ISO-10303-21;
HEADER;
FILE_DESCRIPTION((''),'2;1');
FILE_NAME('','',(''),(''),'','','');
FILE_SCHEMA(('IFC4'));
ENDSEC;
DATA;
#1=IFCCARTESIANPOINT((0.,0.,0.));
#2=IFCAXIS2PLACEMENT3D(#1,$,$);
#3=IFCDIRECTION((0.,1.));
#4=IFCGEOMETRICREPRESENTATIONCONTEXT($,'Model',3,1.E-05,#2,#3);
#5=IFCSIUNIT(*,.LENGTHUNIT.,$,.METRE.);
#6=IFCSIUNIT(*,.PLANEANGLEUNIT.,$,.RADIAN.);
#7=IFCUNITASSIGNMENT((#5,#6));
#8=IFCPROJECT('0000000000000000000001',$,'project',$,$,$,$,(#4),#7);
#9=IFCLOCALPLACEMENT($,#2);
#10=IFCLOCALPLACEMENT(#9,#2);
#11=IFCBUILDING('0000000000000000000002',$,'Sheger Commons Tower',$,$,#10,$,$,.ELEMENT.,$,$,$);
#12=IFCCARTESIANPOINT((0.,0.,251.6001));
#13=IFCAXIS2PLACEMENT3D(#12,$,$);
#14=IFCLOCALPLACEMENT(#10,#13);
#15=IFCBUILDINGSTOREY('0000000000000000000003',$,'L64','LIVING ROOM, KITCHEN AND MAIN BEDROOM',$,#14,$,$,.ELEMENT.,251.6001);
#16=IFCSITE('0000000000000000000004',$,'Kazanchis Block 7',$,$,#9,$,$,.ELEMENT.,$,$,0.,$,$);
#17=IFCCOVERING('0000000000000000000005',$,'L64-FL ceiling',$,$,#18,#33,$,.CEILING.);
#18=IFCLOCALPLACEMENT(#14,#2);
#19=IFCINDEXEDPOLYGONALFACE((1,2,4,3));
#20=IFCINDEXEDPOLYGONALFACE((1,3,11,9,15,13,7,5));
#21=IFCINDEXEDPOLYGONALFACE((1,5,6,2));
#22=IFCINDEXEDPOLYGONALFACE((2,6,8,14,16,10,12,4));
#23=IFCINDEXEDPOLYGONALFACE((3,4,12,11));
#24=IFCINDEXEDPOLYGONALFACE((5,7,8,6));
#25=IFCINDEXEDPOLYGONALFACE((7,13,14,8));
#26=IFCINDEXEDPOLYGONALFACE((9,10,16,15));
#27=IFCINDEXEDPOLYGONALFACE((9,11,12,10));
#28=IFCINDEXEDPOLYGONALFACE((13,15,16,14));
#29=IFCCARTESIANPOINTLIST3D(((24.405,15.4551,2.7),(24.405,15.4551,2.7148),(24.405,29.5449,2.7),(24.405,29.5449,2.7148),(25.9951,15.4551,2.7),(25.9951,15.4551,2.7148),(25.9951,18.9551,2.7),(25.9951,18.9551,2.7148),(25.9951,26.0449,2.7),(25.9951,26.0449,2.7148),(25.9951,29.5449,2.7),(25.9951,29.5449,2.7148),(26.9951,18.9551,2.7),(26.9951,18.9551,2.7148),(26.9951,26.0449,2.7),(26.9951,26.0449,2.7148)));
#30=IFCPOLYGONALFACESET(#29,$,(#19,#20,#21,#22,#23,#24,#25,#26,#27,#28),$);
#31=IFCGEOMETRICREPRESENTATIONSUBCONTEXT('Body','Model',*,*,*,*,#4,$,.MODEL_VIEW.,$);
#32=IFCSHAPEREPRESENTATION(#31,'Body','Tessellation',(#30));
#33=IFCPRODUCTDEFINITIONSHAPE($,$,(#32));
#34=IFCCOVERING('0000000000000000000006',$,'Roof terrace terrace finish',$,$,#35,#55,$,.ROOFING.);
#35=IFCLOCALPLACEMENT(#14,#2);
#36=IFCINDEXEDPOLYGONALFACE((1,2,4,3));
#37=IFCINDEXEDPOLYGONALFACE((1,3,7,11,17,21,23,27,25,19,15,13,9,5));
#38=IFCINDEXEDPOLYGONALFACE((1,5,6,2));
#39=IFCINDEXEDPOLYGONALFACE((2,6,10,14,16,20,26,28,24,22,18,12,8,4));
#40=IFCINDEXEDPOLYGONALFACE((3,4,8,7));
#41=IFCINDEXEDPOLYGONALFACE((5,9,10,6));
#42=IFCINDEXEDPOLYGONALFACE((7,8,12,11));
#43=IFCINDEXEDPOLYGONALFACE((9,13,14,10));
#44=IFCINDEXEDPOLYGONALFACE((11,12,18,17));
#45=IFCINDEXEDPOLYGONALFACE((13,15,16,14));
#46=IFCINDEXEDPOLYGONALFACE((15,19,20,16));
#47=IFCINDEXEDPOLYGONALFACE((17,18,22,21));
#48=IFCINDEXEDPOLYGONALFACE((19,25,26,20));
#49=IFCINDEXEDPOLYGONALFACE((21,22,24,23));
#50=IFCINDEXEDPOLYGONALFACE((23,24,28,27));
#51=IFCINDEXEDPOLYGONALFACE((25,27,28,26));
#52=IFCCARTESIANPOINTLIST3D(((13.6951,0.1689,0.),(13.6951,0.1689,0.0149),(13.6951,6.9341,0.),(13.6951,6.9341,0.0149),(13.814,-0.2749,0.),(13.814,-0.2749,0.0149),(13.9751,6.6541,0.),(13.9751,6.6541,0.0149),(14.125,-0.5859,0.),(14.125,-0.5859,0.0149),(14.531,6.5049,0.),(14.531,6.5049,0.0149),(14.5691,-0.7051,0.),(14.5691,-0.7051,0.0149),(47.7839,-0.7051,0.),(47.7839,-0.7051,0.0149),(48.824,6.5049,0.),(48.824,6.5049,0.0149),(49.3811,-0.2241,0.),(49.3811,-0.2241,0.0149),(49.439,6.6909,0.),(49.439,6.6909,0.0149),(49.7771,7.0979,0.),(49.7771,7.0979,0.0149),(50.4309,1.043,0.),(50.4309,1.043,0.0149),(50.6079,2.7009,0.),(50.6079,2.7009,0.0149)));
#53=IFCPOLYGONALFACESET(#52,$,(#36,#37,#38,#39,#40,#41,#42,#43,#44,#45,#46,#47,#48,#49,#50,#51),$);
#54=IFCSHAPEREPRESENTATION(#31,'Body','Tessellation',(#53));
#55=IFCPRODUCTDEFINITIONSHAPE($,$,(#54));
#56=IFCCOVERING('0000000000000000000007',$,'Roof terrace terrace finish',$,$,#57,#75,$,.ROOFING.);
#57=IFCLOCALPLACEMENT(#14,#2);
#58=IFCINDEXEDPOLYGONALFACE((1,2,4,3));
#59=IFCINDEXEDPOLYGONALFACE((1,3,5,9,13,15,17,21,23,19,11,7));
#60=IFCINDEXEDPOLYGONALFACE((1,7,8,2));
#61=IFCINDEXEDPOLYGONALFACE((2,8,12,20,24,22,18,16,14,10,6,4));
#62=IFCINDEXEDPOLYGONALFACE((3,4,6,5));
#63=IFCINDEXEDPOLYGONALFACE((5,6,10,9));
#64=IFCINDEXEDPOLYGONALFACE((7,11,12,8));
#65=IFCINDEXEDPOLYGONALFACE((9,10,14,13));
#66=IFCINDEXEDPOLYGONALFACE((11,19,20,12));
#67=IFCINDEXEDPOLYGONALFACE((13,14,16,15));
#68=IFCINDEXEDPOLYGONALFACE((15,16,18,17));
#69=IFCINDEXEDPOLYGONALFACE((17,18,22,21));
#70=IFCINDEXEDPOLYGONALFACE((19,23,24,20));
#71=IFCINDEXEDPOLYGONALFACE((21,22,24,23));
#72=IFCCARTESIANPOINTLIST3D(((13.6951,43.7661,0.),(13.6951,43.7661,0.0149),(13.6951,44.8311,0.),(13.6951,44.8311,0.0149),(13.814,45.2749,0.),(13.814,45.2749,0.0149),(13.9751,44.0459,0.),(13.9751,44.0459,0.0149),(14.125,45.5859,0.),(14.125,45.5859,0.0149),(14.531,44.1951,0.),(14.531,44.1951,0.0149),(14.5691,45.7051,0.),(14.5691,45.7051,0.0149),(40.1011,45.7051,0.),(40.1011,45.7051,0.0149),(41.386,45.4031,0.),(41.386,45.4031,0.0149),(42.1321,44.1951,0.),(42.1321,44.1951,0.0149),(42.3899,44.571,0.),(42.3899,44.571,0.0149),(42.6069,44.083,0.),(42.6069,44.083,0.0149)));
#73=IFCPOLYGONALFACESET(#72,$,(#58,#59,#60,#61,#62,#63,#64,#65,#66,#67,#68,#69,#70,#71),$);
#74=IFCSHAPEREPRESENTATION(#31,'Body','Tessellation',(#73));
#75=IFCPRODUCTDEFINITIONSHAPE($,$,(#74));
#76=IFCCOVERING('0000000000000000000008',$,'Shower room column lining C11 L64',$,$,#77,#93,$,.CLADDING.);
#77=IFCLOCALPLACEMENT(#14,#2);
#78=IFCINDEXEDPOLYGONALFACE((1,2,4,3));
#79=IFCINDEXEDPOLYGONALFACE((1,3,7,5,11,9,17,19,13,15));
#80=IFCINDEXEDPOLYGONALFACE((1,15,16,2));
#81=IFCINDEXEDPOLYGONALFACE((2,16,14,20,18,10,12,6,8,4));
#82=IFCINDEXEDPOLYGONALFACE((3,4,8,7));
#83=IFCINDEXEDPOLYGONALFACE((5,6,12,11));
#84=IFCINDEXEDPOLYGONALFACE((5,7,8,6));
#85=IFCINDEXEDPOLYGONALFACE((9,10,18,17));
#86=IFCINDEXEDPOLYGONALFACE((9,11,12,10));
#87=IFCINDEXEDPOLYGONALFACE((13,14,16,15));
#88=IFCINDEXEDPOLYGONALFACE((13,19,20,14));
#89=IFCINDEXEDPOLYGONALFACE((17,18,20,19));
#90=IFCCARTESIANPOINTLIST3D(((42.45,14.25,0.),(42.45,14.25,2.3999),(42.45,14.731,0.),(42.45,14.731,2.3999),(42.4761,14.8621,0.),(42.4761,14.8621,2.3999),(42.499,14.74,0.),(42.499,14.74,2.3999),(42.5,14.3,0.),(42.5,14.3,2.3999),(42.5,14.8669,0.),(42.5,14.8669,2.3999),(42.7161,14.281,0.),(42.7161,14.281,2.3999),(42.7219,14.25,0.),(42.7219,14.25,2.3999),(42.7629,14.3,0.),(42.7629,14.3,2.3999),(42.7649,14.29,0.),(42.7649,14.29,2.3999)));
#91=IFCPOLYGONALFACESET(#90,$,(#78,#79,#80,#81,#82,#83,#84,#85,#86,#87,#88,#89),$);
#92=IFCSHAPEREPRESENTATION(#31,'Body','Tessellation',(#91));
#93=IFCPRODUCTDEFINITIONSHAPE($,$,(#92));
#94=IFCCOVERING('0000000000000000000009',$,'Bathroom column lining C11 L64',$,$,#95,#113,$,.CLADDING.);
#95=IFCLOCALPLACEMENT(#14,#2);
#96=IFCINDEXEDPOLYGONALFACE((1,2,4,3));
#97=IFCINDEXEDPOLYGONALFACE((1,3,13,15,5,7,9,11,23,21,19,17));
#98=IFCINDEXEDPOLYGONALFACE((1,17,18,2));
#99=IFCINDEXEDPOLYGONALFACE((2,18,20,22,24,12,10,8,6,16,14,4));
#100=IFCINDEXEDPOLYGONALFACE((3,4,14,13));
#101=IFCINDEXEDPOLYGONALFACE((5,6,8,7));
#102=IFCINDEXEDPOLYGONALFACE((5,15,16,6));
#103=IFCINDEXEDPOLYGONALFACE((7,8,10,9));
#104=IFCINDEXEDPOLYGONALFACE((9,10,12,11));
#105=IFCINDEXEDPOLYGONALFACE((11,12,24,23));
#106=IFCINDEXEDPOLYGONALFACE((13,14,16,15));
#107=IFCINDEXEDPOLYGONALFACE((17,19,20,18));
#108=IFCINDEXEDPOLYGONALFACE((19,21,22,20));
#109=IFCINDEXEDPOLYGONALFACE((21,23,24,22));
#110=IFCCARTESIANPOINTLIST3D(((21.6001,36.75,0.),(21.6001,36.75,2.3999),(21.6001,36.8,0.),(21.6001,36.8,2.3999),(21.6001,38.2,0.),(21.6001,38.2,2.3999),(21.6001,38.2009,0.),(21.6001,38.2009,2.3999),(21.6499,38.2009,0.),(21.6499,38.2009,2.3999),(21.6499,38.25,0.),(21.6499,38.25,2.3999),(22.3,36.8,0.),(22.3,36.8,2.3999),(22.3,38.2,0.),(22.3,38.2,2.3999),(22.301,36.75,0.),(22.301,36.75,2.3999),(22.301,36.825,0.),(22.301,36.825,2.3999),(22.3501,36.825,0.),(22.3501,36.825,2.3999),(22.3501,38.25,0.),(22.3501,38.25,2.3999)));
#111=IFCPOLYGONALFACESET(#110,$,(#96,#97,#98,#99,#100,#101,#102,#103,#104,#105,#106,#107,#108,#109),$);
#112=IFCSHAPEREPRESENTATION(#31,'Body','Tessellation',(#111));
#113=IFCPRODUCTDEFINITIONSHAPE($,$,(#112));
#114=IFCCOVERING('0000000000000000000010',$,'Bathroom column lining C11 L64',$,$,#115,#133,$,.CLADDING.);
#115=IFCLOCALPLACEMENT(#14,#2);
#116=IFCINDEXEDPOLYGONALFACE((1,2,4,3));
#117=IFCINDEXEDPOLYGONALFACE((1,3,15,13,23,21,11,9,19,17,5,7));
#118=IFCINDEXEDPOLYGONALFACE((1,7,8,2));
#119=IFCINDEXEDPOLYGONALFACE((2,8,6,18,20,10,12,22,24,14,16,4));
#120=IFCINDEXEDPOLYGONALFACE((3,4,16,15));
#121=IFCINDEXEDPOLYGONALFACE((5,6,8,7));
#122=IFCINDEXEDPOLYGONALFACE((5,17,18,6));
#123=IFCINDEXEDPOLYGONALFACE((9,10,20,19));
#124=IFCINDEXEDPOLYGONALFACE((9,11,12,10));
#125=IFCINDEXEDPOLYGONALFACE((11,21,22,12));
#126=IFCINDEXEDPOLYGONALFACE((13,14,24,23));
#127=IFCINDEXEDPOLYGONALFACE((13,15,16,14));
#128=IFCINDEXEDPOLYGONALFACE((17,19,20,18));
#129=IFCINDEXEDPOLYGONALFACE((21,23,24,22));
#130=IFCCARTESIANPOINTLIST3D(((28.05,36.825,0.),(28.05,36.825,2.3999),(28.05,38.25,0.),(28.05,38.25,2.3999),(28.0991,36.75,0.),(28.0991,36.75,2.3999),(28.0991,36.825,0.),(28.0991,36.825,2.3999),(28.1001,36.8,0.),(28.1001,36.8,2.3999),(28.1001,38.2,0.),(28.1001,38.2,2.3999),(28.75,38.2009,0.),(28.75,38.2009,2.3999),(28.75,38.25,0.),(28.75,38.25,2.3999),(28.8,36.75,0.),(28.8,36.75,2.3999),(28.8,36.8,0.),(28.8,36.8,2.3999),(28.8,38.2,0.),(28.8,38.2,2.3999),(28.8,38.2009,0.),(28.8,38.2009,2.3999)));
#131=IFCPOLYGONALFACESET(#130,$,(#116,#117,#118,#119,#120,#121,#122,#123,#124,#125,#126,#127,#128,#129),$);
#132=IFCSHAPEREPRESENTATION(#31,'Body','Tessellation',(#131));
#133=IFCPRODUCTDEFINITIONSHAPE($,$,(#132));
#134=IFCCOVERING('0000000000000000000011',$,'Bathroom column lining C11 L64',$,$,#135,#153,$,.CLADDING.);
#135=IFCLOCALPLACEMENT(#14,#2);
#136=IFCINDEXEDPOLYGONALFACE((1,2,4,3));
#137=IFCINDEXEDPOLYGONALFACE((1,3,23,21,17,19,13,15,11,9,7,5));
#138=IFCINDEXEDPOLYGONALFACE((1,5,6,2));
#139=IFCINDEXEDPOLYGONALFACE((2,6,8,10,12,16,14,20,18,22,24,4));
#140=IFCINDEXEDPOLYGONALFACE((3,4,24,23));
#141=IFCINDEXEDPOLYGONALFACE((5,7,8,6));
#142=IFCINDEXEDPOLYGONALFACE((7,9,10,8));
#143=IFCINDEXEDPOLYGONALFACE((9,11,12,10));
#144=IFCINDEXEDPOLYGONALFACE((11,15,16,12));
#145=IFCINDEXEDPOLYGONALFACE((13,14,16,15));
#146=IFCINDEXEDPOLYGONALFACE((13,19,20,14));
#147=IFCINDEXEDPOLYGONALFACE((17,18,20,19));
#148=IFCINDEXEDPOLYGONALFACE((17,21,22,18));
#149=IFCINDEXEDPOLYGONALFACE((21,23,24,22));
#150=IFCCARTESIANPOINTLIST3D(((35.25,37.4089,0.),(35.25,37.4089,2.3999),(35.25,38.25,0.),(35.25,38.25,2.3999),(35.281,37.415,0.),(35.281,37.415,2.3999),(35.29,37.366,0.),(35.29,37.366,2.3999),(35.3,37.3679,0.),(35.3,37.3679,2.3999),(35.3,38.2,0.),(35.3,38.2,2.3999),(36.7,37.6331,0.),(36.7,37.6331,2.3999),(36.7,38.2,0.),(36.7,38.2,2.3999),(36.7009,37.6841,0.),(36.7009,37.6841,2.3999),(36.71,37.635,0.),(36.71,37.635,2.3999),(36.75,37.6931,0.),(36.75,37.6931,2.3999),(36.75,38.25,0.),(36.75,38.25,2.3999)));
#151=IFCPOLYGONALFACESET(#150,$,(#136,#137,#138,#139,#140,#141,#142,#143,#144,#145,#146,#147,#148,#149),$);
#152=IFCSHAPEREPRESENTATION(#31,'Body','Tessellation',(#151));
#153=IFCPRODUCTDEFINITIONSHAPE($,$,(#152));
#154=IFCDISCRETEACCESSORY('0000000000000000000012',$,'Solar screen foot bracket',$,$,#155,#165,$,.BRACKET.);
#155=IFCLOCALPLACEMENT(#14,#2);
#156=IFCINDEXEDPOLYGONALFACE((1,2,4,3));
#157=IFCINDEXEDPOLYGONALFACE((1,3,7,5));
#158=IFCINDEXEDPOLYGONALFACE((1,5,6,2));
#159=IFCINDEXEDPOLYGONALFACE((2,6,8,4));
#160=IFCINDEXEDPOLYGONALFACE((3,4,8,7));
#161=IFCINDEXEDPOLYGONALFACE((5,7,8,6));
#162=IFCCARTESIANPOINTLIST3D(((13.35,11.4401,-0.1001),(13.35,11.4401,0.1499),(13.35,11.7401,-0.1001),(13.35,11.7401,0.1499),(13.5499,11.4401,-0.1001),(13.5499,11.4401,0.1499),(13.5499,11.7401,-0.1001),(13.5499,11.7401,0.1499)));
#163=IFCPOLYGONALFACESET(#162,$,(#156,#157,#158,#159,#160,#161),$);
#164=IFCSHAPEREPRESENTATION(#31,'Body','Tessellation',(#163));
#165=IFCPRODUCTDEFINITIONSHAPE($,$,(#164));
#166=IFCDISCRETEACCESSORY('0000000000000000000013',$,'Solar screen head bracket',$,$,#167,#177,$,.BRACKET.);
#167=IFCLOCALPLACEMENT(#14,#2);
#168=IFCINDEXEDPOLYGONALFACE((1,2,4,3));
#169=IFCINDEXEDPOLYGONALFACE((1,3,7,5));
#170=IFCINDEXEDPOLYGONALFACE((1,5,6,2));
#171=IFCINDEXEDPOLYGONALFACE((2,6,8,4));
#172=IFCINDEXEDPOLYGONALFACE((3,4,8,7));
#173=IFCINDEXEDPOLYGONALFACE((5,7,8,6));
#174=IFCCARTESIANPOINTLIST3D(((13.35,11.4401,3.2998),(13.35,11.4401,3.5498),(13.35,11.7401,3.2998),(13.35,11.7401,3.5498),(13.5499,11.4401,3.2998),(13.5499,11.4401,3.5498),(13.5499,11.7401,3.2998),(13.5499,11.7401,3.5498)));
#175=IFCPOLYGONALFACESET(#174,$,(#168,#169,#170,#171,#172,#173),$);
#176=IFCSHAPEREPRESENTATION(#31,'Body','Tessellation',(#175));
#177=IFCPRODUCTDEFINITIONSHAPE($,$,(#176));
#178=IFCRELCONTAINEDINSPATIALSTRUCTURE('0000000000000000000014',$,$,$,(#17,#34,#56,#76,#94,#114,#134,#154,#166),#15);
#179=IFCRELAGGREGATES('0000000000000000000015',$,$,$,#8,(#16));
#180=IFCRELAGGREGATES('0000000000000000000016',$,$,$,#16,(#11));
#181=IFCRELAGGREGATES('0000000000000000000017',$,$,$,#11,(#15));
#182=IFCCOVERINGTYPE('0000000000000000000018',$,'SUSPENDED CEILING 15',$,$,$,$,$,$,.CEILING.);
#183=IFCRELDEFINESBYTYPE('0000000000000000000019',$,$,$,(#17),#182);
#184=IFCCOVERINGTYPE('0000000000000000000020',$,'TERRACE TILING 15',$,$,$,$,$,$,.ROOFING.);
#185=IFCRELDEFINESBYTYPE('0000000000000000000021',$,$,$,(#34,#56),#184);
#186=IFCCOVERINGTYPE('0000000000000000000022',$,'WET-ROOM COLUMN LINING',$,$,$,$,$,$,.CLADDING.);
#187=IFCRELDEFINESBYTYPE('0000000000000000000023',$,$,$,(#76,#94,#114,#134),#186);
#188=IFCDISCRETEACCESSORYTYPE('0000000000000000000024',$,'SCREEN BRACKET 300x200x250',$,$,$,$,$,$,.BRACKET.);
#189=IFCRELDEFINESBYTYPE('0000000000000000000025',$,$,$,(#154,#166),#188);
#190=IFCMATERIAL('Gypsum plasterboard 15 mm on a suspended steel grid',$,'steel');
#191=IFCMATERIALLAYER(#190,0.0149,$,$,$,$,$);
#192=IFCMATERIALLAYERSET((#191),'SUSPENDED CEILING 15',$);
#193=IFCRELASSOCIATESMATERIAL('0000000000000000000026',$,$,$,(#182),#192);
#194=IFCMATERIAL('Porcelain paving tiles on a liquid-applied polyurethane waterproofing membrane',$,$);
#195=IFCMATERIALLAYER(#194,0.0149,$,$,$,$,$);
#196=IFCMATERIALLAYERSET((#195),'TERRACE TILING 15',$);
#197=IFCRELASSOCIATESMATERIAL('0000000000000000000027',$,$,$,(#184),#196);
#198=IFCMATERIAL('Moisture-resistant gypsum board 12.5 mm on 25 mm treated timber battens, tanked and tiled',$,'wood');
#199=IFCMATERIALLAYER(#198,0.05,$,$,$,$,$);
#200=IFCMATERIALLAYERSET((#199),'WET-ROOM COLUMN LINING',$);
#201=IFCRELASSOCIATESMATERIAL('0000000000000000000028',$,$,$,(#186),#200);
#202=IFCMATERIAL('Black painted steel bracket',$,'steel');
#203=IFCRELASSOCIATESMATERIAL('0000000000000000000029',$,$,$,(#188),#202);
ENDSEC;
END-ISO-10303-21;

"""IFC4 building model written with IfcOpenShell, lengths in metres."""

from ifc_helpers import new_model, si_unit, direction, frame, origin, origin_2d, place, context, subcontext, project, spatial, polyline, rectangle, outline, extrude, material, layer, layer_set, type_object, element, save


model = new_model("IFC4")

# Units and contexts
model_context = context("Model", 3, precision=1e-05, world=origin(), true_north=direction((0.0, 1.0)))
body_context = subcontext(model_context, "Body", "Model", "MODEL_VIEW")
ifc_project = project(units=[si_unit("LENGTHUNIT", "METRE"), si_unit("PLANEANGLEUNIT", "RADIAN")], contexts=[model_context])

# Site, building, storey
site_placement = place(None, origin())
site = spatial("IfcSite", under=ifc_project, at=site_placement, Name="Kazanchis Block 7", CompositionType="ELEMENT", RefElevation=0.0)
building_placement = place(site_placement, origin())
building = spatial("IfcBuilding", under=site, at=building_placement, Name="Sheger Commons Tower", CompositionType="ELEMENT")
storey_placement = place(building_placement, frame((0.0, 0.0, 251.6001)))
storey = spatial("IfcBuildingStorey", under=building, at=storey_placement, Name="L64", Description="LIVING ROOM, KITCHEN AND MAIN BEDROOM", CompositionType="ELEMENT", Elevation=251.6001)

# Coverings
ifc_material_1 = material(Name="Gypsum plasterboard 15 mm on a suspended steel grid", Category="steel")
ifc_layer_1 = layer(ifc_material_1, 0.0149)
ifc_layer_set_1 = layer_set([ifc_layer_1], Name="SUSPENDED CEILING 15")
covering_type_1 = type_object("IfcCoveringType", Name="SUSPENDED CEILING 15", PredefinedType="CEILING", material=ifc_layer_set_1)
covering_1_placement = place(storey_placement, frame((0.0, 0.0, 2.7)))
element("IfcCovering", 1, at=covering_1_placement, inside=storey, type_object=covering_type_1, Name="L64-FL ceiling", PredefinedType="CEILING", context=body_context, shape_type="SweptSolid", body=[
    extrude(outline(polyline([(24.405, 15.4551), (25.9951, 15.4551), (25.9951, 18.9551), (26.9951, 18.9551), (26.9951, 26.0449), (25.9951, 26.0449), (25.9951, 29.5449), (24.405, 29.5449), (24.405, 15.4551)])), origin(), (0.0, 0.0, 1.0), 0.0149),
])
ifc_material_2 = material(Name="Porcelain paving tiles on a liquid-applied polyurethane waterproofing membrane")
ifc_layer_2 = layer(ifc_material_2, 0.0149)
ifc_layer_set_2 = layer_set([ifc_layer_2], Name="TERRACE TILING 15")
covering_type_2 = type_object("IfcCoveringType", Name="TERRACE TILING 15", PredefinedType="ROOFING", material=ifc_layer_set_2)
covering_2_placement = place(storey_placement, origin())
element("IfcCovering", 2, at=covering_2_placement, inside=storey, type_object=covering_type_2, Name="Roof terrace terrace finish", PredefinedType="ROOFING", context=body_context, shape_type="SweptSolid", body=[
    extrude(outline(polyline([(14.5691, -0.7051), (47.7839, -0.7051), (49.3811, -0.2241), (50.4309, 1.043), (50.6079, 2.7009), (49.7771, 7.0979), (49.439, 6.6909), (48.824, 6.5049), (14.531, 6.5049), (13.9751, 6.6541), (13.6951, 6.9341), (13.6951, 0.1689), (13.814, -0.2749), (14.125, -0.5859), (14.5691, -0.7051)])), origin(), (0.0, 0.0, 1.0), 0.0149),
])
covering_3_placement = place(storey_placement, origin())
element("IfcCovering", 3, at=covering_3_placement, inside=storey, type_object=covering_type_2, Name="Roof terrace terrace finish", PredefinedType="ROOFING", context=body_context, shape_type="SweptSolid", body=[
    extrude(outline(polyline([(13.6951, 43.7661), (13.9751, 44.0459), (14.531, 44.1951), (42.1321, 44.1951), (42.6069, 44.083), (42.3899, 44.571), (41.386, 45.4031), (40.1011, 45.7051), (14.5691, 45.7051), (14.125, 45.5859), (13.814, 45.2749), (13.6951, 44.8311), (13.6951, 43.7661)])), origin(), (0.0, 0.0, 1.0), 0.0149),
])
ifc_material_3 = material(Name="Moisture-resistant gypsum board 12.5 mm on 25 mm treated timber battens, tanked and tiled", Category="wood")
ifc_layer_3 = layer(ifc_material_3, 0.05)
ifc_layer_set_3 = layer_set([ifc_layer_3], Name="WET-ROOM COLUMN LINING")
covering_type_3 = type_object("IfcCoveringType", Name="WET-ROOM COLUMN LINING", PredefinedType="CLADDING", material=ifc_layer_set_3)
covering_4_placement = place(storey_placement, origin())
element("IfcCovering", 4, at=covering_4_placement, inside=storey, type_object=covering_type_3, Name="Shower room column lining C11 L64", PredefinedType="CLADDING", context=body_context, shape_type="SweptSolid", body=[
    extrude(outline(polyline([(42.5, 14.8669), (42.5, 14.3), (42.7629, 14.3), (42.7649, 14.29), (42.7161, 14.281), (42.7219, 14.25), (42.45, 14.25), (42.45, 14.731), (42.499, 14.74), (42.4761, 14.8621), (42.5, 14.8669)])), origin(), (0.0, 0.0, 1.0), 2.3999),
])
covering_5_placement = place(storey_placement, origin())
element("IfcCovering", 5, at=covering_5_placement, inside=storey, type_object=covering_type_3, Name="Bathroom column lining C11 L64", PredefinedType="CLADDING", context=body_context, shape_type="SweptSolid", body=[
    extrude(outline(polyline([(22.3501, 36.825), (22.301, 36.825), (22.301, 36.75), (21.6001, 36.75), (21.6001, 36.8), (22.3, 36.8), (22.3, 38.2), (21.6001, 38.2), (21.6001, 38.2009), (21.6499, 38.2009), (21.6499, 38.25), (22.3501, 38.25), (22.3501, 36.825)])), origin(), (0.0, 0.0, 1.0), 2.3999),
])
covering_6_placement = place(storey_placement, origin())
element("IfcCovering", 6, at=covering_6_placement, inside=storey, type_object=covering_type_3, Name="Bathroom column lining C11 L64", PredefinedType="CLADDING", context=body_context, shape_type="SweptSolid", body=[
    extrude(outline(polyline([(28.75, 38.25), (28.75, 38.2009), (28.8, 38.2009), (28.8, 38.2), (28.1001, 38.2), (28.1001, 36.8), (28.8, 36.8), (28.8, 36.75), (28.0991, 36.75), (28.0991, 36.825), (28.05, 36.825), (28.05, 38.25), (28.75, 38.25)])), origin(), (0.0, 0.0, 1.0), 2.3999),
])
covering_7_placement = place(storey_placement, origin())
element("IfcCovering", 7, at=covering_7_placement, inside=storey, type_object=covering_type_3, Name="Bathroom column lining C11 L64", PredefinedType="CLADDING", context=body_context, shape_type="SweptSolid", body=[
    extrude(outline(polyline([(36.75, 38.25), (36.75, 37.6931), (36.7009, 37.6841), (36.71, 37.635), (36.7, 37.6331), (36.7, 38.2), (35.3, 38.2), (35.3, 37.3679), (35.29, 37.366), (35.281, 37.415), (35.25, 37.4089), (35.25, 38.25), (36.75, 38.25)])), origin(), (0.0, 0.0, 1.0), 2.3999),
])

# Discrete accessories
ifc_material_4 = material(Name="Black painted steel bracket", Category="steel")
discrete_accessory_type = type_object("IfcDiscreteAccessoryType", Name="SCREEN BRACKET 300x200x250", PredefinedType="BRACKET", material=ifc_material_4)
for number, where, z_axis, x_axis, name in (
    (8, (13.45, 11.5901, -0.1001), (0.0, 0.0, 1.0), (0.0, -1.0, 0.0), "Solar screen foot bracket"),
    (9, (13.45, 11.5901, 3.2998), (0.0, 0.0, 1.0), (0.0, -1.0, 0.0), "Solar screen head bracket"),
):
    element("IfcDiscreteAccessory", number, at=place(storey_placement, frame(where, z_axis=z_axis, x_axis=x_axis)), inside=storey, type_object=discrete_accessory_type, Name=name, PredefinedType="BRACKET", context=body_context, shape_type="SweptSolid", body=[
        extrude(rectangle(XDim=0.3, YDim=0.2, at=origin_2d()), origin(), (0.0, 0.0, 1.0), 0.25),
    ])

save(model, "model.ifc")
